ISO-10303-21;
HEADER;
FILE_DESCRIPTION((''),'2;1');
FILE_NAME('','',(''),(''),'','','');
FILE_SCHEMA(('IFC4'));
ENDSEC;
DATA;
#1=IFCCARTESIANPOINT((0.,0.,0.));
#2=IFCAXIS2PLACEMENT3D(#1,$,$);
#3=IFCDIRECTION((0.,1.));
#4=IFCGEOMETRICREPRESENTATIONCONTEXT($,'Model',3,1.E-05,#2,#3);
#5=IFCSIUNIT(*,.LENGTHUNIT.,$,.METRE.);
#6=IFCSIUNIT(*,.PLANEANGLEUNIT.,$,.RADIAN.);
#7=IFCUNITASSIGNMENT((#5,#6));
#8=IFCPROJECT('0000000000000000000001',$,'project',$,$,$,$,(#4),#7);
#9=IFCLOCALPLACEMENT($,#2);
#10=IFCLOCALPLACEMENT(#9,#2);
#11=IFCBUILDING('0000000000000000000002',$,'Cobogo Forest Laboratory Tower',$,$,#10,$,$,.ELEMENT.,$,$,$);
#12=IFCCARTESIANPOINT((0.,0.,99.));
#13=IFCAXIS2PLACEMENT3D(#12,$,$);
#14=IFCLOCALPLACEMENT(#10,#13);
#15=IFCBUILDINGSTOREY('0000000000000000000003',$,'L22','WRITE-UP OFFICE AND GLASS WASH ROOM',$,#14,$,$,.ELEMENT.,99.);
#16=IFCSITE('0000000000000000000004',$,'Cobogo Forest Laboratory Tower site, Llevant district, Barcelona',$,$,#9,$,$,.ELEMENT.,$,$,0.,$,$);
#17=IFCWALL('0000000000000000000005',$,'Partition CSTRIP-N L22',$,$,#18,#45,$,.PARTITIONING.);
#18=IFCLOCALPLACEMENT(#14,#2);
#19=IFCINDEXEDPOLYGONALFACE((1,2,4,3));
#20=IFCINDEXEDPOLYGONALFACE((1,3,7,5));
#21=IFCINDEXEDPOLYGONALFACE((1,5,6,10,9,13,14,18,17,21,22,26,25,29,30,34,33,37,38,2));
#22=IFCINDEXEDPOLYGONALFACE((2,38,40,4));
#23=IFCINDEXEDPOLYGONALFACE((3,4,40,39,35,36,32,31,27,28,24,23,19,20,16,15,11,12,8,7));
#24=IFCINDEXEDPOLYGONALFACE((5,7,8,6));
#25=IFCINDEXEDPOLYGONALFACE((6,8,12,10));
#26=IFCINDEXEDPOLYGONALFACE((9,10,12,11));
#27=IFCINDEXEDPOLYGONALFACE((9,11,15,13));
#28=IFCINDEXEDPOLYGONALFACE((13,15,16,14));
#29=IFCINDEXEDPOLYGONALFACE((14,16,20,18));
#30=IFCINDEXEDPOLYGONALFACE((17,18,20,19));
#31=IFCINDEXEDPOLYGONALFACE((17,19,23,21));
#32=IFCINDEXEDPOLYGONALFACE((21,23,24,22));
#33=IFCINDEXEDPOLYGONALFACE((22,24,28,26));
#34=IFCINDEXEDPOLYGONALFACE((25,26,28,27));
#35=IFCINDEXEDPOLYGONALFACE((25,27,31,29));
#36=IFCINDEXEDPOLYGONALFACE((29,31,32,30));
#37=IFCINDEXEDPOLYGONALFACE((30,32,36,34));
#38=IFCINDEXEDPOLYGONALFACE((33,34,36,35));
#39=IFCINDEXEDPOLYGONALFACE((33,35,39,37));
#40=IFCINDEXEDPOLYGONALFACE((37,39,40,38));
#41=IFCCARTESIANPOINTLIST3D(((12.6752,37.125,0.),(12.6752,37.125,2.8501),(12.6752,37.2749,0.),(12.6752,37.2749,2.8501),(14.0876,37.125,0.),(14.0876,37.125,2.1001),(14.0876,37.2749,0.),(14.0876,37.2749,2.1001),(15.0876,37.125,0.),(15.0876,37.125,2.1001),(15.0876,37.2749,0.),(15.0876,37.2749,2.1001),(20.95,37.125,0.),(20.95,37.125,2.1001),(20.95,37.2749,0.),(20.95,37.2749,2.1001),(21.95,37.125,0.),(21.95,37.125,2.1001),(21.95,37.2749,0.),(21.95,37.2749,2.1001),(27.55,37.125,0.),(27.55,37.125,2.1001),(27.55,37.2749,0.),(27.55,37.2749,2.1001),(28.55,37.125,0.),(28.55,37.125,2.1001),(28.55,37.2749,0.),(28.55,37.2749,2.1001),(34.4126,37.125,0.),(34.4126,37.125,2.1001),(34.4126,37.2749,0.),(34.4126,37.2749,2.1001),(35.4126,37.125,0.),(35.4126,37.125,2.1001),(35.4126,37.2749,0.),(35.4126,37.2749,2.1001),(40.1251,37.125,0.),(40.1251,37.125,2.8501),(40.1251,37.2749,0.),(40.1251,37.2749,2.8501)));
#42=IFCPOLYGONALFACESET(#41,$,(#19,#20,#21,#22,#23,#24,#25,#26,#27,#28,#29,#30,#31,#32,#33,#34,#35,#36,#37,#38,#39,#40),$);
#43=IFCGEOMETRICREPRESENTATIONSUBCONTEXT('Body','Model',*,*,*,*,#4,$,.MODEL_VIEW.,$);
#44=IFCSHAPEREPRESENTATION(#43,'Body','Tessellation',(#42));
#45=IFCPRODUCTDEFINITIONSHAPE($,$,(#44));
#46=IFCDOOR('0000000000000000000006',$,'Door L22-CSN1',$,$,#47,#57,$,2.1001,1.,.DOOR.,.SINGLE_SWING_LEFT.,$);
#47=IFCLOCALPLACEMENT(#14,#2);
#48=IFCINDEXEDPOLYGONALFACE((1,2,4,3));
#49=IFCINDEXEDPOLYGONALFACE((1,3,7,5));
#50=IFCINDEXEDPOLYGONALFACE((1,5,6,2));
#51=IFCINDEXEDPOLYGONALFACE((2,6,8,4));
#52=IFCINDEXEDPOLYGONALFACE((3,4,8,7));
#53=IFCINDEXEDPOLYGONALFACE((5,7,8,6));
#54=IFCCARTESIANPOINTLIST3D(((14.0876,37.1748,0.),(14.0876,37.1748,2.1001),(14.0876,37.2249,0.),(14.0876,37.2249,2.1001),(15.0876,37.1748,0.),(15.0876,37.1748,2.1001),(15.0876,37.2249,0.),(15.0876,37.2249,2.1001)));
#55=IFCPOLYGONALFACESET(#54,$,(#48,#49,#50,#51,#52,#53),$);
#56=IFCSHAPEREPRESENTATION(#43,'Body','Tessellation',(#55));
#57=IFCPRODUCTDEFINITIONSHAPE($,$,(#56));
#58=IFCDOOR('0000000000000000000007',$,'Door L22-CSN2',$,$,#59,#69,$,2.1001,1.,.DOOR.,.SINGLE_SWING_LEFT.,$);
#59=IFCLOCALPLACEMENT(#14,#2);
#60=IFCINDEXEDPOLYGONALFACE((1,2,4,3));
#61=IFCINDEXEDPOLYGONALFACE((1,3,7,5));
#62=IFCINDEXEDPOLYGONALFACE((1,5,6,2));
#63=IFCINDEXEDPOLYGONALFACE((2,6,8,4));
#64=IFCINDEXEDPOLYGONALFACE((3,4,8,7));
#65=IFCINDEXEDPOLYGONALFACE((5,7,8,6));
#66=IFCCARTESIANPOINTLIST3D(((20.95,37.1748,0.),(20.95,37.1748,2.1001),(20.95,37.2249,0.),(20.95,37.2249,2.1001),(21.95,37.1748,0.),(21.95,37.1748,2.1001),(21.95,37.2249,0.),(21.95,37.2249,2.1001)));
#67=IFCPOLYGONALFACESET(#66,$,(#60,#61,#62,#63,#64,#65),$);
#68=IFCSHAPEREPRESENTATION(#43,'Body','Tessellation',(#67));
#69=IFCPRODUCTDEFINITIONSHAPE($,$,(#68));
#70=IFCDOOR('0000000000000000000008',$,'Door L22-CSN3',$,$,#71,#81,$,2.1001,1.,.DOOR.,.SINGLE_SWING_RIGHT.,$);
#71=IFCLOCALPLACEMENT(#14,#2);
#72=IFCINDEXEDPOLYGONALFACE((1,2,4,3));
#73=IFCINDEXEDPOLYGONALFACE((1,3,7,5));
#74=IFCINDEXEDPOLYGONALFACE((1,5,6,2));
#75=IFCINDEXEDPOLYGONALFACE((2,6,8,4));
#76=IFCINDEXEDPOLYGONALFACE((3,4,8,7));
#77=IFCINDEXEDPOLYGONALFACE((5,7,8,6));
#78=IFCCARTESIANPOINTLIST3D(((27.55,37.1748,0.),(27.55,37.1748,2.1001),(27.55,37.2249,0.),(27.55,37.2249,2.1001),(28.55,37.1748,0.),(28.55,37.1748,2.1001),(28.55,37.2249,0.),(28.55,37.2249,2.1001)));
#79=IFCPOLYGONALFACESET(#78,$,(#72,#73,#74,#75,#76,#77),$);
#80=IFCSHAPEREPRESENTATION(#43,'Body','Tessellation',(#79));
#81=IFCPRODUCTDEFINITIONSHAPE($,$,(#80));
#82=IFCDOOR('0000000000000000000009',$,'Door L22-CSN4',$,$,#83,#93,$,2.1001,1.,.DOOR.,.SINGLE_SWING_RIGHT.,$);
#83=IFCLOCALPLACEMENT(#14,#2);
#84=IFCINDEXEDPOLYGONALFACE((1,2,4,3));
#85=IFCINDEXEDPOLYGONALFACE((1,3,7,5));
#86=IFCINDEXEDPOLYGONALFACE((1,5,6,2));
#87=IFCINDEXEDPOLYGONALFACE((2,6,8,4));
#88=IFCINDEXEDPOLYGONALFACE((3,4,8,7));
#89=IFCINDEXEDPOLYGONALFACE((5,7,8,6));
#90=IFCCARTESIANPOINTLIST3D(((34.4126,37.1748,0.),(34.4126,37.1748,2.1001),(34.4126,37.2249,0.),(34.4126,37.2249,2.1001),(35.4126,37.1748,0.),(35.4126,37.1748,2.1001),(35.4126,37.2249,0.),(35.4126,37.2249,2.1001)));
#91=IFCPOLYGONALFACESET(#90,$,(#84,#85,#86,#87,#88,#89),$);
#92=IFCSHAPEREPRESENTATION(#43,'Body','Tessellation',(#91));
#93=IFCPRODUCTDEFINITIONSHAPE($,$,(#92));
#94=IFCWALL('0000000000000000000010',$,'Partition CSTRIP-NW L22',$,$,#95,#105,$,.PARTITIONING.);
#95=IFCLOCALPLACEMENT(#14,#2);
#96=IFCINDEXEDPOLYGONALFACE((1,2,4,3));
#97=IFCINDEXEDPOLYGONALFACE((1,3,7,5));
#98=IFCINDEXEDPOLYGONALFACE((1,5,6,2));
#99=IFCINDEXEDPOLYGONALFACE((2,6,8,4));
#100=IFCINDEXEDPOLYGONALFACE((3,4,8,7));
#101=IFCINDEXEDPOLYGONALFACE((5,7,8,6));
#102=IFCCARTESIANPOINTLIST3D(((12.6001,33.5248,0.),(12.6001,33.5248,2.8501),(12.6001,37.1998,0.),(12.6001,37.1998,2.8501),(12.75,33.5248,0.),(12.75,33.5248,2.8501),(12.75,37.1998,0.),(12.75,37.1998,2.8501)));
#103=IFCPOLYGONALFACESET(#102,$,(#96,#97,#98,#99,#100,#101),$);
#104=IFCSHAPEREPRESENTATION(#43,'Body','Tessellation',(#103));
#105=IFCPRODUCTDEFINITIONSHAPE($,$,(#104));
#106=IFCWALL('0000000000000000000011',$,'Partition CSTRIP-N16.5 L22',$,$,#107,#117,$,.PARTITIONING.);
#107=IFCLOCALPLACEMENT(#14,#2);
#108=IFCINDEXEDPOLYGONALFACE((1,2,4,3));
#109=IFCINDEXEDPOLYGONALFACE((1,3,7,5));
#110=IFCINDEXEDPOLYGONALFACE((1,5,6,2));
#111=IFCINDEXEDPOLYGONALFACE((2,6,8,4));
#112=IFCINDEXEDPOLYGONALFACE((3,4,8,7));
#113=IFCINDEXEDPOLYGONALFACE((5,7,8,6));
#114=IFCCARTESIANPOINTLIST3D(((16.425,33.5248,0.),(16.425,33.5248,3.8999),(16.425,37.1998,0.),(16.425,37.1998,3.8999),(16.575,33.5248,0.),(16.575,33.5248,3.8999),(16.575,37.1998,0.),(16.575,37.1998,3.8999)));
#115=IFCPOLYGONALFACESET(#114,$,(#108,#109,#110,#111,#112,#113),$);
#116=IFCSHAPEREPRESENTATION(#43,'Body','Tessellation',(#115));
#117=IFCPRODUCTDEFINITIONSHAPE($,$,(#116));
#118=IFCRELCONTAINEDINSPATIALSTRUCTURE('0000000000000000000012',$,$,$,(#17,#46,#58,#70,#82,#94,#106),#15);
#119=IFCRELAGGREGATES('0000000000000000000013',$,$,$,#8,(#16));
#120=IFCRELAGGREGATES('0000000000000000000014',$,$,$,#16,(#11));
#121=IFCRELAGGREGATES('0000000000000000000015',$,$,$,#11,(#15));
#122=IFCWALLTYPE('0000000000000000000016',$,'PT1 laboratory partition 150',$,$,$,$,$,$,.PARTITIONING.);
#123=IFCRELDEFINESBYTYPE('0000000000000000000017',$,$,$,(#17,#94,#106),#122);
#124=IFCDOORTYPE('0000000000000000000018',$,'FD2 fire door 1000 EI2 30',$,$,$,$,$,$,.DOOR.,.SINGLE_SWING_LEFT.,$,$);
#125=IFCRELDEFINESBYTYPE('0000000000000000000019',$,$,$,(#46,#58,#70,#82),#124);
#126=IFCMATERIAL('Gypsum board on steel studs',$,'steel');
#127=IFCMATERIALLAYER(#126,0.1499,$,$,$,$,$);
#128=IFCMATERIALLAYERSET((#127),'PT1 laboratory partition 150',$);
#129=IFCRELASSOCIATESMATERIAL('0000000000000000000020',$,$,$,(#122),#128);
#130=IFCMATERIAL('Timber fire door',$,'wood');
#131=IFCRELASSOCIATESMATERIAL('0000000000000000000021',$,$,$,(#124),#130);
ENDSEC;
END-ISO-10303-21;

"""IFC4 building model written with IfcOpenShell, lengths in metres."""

from ifc_helpers import new_model, si_unit, direction, frame, frame_2d, origin, place, context, subcontext, project, spatial, rectangle, extrude, material, layer, layer_set, type_object, element, fill, save


model = new_model("IFC4")

# Units and contexts
model_context = context("Model", 3, precision=1e-05, world=origin(), true_north=direction((0.0, 1.0)))
body_context = subcontext(model_context, "Body", "Model", "MODEL_VIEW")
ifc_project = project(units=[si_unit("LENGTHUNIT", "METRE"), si_unit("PLANEANGLEUNIT", "RADIAN")], contexts=[model_context])

# Site, building, storey
site_placement = place(None, origin())
site = spatial("IfcSite", under=ifc_project, at=site_placement, Name="Cobogo Forest Laboratory Tower site, Llevant district, Barcelona", CompositionType="ELEMENT", RefElevation=0.0)
building_placement = place(site_placement, origin())
building = spatial("IfcBuilding", under=site, at=building_placement, Name="Cobogo Forest Laboratory Tower", CompositionType="ELEMENT")
storey_placement = place(building_placement, frame((0.0, 0.0, 99.0)))
storey = spatial("IfcBuildingStorey", under=building, at=storey_placement, Name="L22", Description="WRITE-UP OFFICE AND GLASS WASH ROOM", CompositionType="ELEMENT", Elevation=99.0)

# Wall, openings, doors
ifc_material_1 = material(Name="Gypsum board on steel studs", Category="steel")
ifc_layer_1 = layer(ifc_material_1, 0.1499)
ifc_layer_set_1 = layer_set([ifc_layer_1], Name="PT1 laboratory partition 150")
wall_type_1 = type_object("IfcWallType", Name="PT1 laboratory partition 150", PredefinedType="PARTITIONING", material=ifc_layer_set_1)
wall_1_placement = place(storey_placement, frame((12.675, 37.2, 0.0), z_axis=(0.0, 0.0, 1.0), x_axis=(1.0, 0.0, 0.0)))
wall_1 = element("IfcWall", 1, at=wall_1_placement, inside=storey, type_object=wall_type_1, Name="Partition CSTRIP-N L22", PredefinedType="PARTITIONING", context=body_context, shape_type="SweptSolid", body=[
    extrude(rectangle(XDim=27.45, YDim=0.1499, at=frame_2d((13.7251, 0.0))), origin(), (0.0, 0.0, 1.0), 2.8501),
])
opening_1_placement = place(wall_1_placement, frame((1.4126, 0.0, 0.0)))
opening_1 = element("IfcOpeningElement", 2, at=opening_1_placement, cuts=wall_1, PredefinedType="OPENING", context=body_context, shape_type="SweptSolid", body=[
    extrude(rectangle(XDim=1.0, YDim=2.1001, at=frame_2d((0.5, 1.05))), frame((0.0, 0.085, 0.0), z_axis=(0.0, -1.0, 0.0), x_axis=(1.0, 0.0, 0.0)), (0.0, 0.0, 1.0), 0.1699),
])
opening_2_placement = place(wall_1_placement, frame((8.2749, 0.0, 0.0)))
opening_2 = element("IfcOpeningElement", 3, at=opening_2_placement, cuts=wall_1, PredefinedType="OPENING", context=body_context, shape_type="SweptSolid", body=[
    extrude(rectangle(XDim=1.0, YDim=2.1001, at=frame_2d((0.5, 1.05))), frame((0.0, 0.085, 0.0), z_axis=(0.0, -1.0, 0.0), x_axis=(1.0, 0.0, 0.0)), (0.0, 0.0, 1.0), 0.1699),
])
opening_3_placement = place(wall_1_placement, frame((14.875, 0.0, 0.0)))
opening_3 = element("IfcOpeningElement", 4, at=opening_3_placement, cuts=wall_1, PredefinedType="OPENING", context=body_context, shape_type="SweptSolid", body=[
    extrude(rectangle(XDim=1.0, YDim=2.1001, at=frame_2d((0.5, 1.05))), frame((0.0, 0.085, 0.0), z_axis=(0.0, -1.0, 0.0), x_axis=(1.0, 0.0, 0.0)), (0.0, 0.0, 1.0), 0.1699),
])
opening_4_placement = place(wall_1_placement, frame((21.7375, 0.0, 0.0)))
opening_4 = element("IfcOpeningElement", 5, at=opening_4_placement, cuts=wall_1, PredefinedType="OPENING", context=body_context, shape_type="SweptSolid", body=[
    extrude(rectangle(XDim=1.0, YDim=2.1001, at=frame_2d((0.5, 1.05))), frame((0.0, 0.085, 0.0), z_axis=(0.0, -1.0, 0.0), x_axis=(1.0, 0.0, 0.0)), (0.0, 0.0, 1.0), 0.1699),
])
ifc_material_2 = material(Name="Timber fire door", Category="wood")
door_type_1 = type_object("IfcDoorType", Name="FD2 fire door 1000 EI2 30", OperationType="SINGLE_SWING_LEFT", PredefinedType="DOOR", material=ifc_material_2)
door_1_placement = place(opening_1_placement, origin())
door_1 = element("IfcDoor", 6, at=door_1_placement, inside=storey, type_object=door_type_1, Name="Door L22-CSN1", OperationType="SINGLE_SWING_LEFT", OverallHeight=2.1001, OverallWidth=1.0, PredefinedType="DOOR", context=body_context, shape_type="SweptSolid", body=[
    extrude(rectangle(XDim=1.0, YDim=2.1001, at=frame_2d((0.5, 1.05))), frame((0.0, 0.0249, 0.0), z_axis=(0.0, -1.0, 0.0), x_axis=(1.0, 0.0, 0.0)), (0.0, 0.0, 1.0), 0.05),
])
fill(opening_1, door_1)
door_2_placement = place(opening_2_placement, origin())
door_2 = element("IfcDoor", 7, at=door_2_placement, inside=storey, type_object=door_type_1, Name="Door L22-CSN2", OperationType="SINGLE_SWING_LEFT", OverallHeight=2.1001, OverallWidth=1.0, PredefinedType="DOOR", context=body_context, shape_type="SweptSolid", body=[
    extrude(rectangle(XDim=1.0, YDim=2.1001, at=frame_2d((0.5, 1.05))), frame((0.0, 0.0249, 0.0), z_axis=(0.0, -1.0, 0.0), x_axis=(1.0, 0.0, 0.0)), (0.0, 0.0, 1.0), 0.05),
])
fill(opening_2, door_2)
door_3_placement = place(opening_3_placement, origin())
door_3 = element("IfcDoor", 8, at=door_3_placement, inside=storey, type_object=door_type_1, Name="Door L22-CSN3", OperationType="SINGLE_SWING_RIGHT", OverallHeight=2.1001, OverallWidth=1.0, PredefinedType="DOOR", context=body_context, shape_type="SweptSolid", body=[
    extrude(rectangle(XDim=1.0, YDim=2.1001, at=frame_2d((0.5, 1.05))), frame((0.0, 0.0249, 0.0), z_axis=(0.0, -1.0, 0.0), x_axis=(1.0, 0.0, 0.0)), (0.0, 0.0, 1.0), 0.05),
])
fill(opening_3, door_3)
door_4_placement = place(opening_4_placement, origin())
door_4 = element("IfcDoor", 9, at=door_4_placement, inside=storey, type_object=door_type_1, Name="Door L22-CSN4", OperationType="SINGLE_SWING_RIGHT", OverallHeight=2.1001, OverallWidth=1.0, PredefinedType="DOOR", context=body_context, shape_type="SweptSolid", body=[
    extrude(rectangle(XDim=1.0, YDim=2.1001, at=frame_2d((0.5, 1.05))), frame((0.0, 0.0249, 0.0), z_axis=(0.0, -1.0, 0.0), x_axis=(1.0, 0.0, 0.0)), (0.0, 0.0, 1.0), 0.05),
])
fill(opening_4, door_4)

# Walls
wall_2_placement = place(storey_placement, frame((12.675, 33.5249, 0.0), z_axis=(0.0, 0.0, 1.0), x_axis=(0.0, 1.0, 0.0)))
element("IfcWall", 10, at=wall_2_placement, inside=storey, type_object=wall_type_1, Name="Partition CSTRIP-NW L22", PredefinedType="PARTITIONING", context=body_context, shape_type="SweptSolid", body=[
    extrude(rectangle(XDim=3.675, YDim=0.1499, at=frame_2d((1.8374, 0.0))), origin(), (0.0, 0.0, 1.0), 2.8501),
])
wall_3_placement = place(storey_placement, frame((16.5, 33.5249, 0.0), z_axis=(0.0, 0.0, 1.0), x_axis=(0.0, 1.0, 0.0)))
element("IfcWall", 11, at=wall_3_placement, inside=storey, type_object=wall_type_1, Name="Partition CSTRIP-N16.5 L22", PredefinedType="PARTITIONING", context=body_context, shape_type="SweptSolid", body=[
    extrude(rectangle(XDim=3.675, YDim=0.1499, at=frame_2d((1.8374, 0.0))), origin(), (0.0, 0.0, 1.0), 3.8999),
])

save(model, "model.ifc")
